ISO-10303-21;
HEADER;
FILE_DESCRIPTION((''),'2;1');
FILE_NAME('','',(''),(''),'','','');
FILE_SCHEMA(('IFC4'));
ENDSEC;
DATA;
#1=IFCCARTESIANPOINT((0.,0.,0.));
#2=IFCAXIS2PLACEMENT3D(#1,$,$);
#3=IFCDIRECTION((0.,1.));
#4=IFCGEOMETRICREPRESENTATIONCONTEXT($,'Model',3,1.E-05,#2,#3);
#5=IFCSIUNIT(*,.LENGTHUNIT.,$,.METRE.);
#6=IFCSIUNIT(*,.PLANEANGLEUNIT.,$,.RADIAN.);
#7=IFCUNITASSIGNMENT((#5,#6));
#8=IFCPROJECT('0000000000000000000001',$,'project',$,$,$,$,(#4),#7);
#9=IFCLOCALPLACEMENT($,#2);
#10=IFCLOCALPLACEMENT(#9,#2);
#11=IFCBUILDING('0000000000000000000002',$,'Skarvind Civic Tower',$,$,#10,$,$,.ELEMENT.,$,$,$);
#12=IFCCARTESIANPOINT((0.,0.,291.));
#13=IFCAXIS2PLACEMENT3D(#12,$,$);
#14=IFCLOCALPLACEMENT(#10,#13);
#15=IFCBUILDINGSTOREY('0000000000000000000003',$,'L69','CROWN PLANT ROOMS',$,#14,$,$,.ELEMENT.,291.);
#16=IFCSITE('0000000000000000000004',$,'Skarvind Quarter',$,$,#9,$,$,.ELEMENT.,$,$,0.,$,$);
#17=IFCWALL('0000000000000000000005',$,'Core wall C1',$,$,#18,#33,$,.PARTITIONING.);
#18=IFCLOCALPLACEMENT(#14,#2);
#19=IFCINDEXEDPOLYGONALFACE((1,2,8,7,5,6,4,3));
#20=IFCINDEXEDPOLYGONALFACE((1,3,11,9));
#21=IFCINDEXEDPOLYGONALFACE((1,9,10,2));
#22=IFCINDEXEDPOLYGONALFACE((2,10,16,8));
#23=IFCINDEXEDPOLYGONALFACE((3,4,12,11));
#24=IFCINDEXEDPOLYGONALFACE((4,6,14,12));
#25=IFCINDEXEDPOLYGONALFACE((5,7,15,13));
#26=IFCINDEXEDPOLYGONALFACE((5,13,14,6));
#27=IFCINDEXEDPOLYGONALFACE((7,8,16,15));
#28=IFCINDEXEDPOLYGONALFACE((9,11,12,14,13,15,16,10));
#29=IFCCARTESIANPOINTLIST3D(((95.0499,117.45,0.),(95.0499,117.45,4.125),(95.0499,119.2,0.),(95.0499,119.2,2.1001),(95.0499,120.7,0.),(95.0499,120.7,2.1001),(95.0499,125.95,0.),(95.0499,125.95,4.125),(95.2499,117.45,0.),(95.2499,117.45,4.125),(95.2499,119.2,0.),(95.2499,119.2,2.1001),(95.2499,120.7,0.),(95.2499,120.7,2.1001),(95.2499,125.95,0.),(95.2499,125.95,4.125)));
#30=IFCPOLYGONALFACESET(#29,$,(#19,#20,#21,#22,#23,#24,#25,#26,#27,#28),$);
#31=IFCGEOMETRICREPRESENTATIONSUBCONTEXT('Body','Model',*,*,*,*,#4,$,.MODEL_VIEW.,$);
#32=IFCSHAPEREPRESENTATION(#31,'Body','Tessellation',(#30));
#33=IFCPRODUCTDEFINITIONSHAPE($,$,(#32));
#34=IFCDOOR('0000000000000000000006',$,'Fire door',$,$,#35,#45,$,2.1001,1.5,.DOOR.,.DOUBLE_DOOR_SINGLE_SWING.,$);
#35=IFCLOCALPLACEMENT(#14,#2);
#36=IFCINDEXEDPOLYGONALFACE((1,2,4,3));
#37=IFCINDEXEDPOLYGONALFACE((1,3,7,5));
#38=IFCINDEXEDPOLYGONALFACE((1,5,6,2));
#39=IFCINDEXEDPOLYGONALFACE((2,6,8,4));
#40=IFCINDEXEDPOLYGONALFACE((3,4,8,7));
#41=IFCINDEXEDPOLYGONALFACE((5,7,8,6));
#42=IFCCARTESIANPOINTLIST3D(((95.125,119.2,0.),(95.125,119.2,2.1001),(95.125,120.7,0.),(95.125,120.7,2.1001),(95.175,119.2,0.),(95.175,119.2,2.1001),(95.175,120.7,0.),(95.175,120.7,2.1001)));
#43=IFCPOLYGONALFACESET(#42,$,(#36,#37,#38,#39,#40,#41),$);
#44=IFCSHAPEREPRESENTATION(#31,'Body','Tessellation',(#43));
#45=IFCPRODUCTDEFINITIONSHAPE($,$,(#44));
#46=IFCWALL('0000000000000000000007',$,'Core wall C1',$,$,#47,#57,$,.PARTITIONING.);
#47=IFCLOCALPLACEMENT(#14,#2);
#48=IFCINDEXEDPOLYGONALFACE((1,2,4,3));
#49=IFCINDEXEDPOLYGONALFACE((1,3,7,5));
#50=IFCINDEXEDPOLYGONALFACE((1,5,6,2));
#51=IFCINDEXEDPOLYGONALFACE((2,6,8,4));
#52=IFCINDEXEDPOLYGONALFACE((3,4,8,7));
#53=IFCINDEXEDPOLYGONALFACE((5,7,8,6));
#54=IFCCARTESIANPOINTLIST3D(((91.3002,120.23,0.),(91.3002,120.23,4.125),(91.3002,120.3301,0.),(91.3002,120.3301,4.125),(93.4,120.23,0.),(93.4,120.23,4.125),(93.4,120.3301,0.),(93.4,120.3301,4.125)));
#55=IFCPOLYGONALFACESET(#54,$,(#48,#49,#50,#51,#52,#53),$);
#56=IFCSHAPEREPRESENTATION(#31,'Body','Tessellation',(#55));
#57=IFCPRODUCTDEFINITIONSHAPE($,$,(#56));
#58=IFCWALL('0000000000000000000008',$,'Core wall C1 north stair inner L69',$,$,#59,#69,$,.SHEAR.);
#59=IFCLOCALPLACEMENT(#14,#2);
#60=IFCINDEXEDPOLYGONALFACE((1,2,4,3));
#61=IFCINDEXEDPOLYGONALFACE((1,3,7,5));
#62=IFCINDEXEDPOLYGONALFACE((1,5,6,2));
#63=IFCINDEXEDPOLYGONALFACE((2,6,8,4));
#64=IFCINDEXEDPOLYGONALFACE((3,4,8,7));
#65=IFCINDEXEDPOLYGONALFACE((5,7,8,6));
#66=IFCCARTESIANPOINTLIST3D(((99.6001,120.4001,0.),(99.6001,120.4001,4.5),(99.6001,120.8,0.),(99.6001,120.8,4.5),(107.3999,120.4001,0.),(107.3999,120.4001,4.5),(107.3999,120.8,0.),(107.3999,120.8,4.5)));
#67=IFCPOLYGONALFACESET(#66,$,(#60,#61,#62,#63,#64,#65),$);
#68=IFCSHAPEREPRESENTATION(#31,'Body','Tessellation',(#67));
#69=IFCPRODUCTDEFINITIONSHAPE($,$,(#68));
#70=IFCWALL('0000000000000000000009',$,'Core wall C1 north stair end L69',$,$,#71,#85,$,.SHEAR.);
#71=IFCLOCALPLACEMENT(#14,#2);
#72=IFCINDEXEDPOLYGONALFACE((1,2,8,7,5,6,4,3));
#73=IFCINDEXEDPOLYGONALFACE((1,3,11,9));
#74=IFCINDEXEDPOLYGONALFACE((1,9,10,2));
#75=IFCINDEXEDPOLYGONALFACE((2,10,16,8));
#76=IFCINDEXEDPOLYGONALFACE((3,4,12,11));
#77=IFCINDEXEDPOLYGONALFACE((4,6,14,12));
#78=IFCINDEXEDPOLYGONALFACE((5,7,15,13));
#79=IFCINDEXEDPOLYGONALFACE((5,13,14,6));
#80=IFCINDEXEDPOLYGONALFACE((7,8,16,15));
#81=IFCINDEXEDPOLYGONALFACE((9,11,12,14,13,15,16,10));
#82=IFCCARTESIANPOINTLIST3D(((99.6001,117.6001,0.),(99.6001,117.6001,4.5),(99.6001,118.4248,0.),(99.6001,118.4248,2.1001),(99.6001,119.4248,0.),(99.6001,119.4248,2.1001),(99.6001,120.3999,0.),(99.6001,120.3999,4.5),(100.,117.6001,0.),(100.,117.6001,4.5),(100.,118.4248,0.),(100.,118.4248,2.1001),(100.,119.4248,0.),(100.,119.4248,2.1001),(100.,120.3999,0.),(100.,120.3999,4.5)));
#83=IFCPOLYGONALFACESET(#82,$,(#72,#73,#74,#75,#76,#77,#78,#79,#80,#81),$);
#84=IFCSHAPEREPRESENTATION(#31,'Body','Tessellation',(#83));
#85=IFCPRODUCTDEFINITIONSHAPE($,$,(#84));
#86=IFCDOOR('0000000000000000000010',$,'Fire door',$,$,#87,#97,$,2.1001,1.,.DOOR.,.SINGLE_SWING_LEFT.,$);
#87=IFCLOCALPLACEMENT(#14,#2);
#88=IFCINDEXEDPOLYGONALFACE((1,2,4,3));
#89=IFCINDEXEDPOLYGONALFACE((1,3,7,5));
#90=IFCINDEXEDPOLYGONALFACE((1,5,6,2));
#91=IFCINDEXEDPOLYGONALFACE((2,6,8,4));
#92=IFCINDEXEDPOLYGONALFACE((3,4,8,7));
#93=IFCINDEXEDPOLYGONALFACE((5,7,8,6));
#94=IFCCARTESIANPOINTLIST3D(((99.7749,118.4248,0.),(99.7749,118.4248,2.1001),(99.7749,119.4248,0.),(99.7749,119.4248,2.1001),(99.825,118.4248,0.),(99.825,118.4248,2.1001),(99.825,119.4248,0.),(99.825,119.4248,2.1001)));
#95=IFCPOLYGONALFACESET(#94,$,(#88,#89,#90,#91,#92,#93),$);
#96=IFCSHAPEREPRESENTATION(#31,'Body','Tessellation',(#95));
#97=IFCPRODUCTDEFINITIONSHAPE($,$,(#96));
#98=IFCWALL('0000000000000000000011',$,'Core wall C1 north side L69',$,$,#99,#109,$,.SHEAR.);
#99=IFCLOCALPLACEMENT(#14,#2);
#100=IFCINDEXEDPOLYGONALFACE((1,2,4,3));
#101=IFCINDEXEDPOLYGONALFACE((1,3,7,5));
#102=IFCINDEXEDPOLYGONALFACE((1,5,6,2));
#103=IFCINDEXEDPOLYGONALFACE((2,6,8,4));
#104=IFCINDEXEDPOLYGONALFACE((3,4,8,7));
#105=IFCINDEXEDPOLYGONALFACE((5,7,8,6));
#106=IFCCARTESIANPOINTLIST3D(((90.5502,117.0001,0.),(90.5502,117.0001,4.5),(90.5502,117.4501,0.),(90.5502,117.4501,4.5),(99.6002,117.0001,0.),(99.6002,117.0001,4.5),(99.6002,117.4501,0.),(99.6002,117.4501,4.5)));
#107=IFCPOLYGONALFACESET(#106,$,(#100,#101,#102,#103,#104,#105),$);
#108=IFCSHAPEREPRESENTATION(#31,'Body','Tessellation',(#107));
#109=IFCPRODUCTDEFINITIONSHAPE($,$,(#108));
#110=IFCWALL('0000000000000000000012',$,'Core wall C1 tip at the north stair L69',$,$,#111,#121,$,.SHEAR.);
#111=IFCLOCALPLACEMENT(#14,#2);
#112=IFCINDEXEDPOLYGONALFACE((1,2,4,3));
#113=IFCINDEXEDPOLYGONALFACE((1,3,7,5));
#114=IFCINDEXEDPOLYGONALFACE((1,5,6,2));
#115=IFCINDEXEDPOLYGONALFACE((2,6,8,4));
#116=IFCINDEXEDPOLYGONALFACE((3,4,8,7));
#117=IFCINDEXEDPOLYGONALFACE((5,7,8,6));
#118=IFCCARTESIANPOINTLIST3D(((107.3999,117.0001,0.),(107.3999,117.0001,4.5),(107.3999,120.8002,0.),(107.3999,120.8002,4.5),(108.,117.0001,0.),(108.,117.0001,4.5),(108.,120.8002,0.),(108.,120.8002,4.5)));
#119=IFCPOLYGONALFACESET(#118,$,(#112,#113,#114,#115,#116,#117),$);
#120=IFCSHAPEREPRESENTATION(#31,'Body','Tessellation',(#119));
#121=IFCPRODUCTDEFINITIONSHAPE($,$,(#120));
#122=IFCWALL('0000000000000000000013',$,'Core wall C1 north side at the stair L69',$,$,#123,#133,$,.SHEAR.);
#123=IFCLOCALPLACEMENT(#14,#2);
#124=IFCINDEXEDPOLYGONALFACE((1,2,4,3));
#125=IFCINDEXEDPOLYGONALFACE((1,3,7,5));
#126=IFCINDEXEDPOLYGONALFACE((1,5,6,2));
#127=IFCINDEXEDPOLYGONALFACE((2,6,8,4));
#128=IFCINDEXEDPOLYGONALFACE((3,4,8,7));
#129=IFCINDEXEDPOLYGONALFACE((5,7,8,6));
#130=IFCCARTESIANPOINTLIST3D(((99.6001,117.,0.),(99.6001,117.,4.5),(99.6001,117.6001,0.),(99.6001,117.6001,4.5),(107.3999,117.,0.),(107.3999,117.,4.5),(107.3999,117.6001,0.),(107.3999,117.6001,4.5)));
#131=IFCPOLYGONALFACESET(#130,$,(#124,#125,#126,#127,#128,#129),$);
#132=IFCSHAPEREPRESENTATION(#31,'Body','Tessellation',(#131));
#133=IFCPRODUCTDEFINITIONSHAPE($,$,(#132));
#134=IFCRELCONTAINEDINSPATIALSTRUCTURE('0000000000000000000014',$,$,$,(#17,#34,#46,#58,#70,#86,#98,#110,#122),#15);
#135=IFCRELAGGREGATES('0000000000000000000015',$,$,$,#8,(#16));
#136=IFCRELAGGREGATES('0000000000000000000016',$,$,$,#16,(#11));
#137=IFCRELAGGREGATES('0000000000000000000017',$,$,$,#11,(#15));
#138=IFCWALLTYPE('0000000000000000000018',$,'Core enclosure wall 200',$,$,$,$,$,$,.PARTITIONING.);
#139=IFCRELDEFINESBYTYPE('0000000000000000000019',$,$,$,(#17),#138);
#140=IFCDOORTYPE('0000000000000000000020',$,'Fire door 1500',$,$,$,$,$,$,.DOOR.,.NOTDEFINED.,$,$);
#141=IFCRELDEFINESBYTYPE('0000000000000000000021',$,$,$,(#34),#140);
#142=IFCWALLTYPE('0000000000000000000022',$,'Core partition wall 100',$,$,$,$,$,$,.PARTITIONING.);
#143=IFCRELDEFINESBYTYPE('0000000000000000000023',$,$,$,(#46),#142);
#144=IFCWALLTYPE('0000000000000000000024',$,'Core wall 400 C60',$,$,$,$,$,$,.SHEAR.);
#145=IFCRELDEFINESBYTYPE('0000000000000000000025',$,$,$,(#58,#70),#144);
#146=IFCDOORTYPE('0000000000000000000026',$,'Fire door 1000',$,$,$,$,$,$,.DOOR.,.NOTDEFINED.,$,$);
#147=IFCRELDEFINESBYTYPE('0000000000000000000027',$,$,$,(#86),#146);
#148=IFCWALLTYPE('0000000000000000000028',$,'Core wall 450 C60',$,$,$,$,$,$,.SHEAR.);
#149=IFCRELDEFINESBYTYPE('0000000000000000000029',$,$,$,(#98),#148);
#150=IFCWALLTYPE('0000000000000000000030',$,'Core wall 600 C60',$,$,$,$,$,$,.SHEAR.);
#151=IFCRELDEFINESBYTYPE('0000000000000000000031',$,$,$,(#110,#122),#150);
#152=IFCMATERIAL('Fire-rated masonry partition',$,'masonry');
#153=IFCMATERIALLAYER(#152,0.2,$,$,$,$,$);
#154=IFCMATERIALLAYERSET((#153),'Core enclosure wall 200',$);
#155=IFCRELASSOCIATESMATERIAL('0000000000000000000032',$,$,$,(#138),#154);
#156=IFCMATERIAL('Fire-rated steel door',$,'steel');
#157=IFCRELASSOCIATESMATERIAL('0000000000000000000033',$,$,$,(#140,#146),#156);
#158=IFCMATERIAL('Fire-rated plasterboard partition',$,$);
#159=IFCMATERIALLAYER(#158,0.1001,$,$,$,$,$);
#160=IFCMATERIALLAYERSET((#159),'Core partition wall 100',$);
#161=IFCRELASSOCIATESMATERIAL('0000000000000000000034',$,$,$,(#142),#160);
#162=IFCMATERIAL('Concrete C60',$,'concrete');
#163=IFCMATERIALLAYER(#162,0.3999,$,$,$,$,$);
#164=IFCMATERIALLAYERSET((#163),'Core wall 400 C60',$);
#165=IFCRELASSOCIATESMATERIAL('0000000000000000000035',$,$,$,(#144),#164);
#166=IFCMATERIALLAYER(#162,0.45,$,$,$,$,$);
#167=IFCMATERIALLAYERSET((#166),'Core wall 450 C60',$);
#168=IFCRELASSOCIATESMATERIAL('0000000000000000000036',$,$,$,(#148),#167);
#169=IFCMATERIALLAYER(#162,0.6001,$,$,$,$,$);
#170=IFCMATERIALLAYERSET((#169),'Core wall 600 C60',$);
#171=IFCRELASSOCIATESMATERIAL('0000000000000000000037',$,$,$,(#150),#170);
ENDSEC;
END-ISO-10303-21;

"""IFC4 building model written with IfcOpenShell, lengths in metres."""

from ifc_helpers import new_model, si_unit, direction, frame, frame_2d, origin, place, context, subcontext, project, spatial, rectangle, extrude, material, layer, layer_set, type_object, element, fill, save


model = new_model("IFC4")

# Units and contexts
model_context = context("Model", 3, precision=1e-05, world=origin(), true_north=direction((0.0, 1.0)))
body_context = subcontext(model_context, "Body", "Model", "MODEL_VIEW")
ifc_project = project(units=[si_unit("LENGTHUNIT", "METRE"), si_unit("PLANEANGLEUNIT", "RADIAN")], contexts=[model_context])

# Site, building, storey
site_placement = place(None, origin())
site = spatial("IfcSite", under=ifc_project, at=site_placement, Name="Skarvind Quarter", CompositionType="ELEMENT", RefElevation=0.0)
building_placement = place(site_placement, origin())
building = spatial("IfcBuilding", under=site, at=building_placement, Name="Skarvind Civic Tower", CompositionType="ELEMENT")
storey_placement = place(building_placement, frame((0.0, 0.0, 291.0)))
storey = spatial("IfcBuildingStorey", under=building, at=storey_placement, Name="L69", Description="CROWN PLANT ROOMS", CompositionType="ELEMENT", Elevation=291.0)

# Shared definitions
ifc_material_1 = material(Name="Concrete C60", Category="concrete")

# Wall, opening, door
ifc_material_2 = material(Name="Fire-rated masonry partition", Category="masonry")
ifc_layer_1 = layer(ifc_material_2, 0.2)
ifc_layer_set_1 = layer_set([ifc_layer_1], Name="Core enclosure wall 200")
wall_type_1 = type_object("IfcWallType", Name="Core enclosure wall 200", PredefinedType="PARTITIONING", material=ifc_layer_set_1)
wall_1_placement = place(storey_placement, frame((95.1499, 117.45, 0.0), z_axis=(0.0, 0.0, 1.0), x_axis=(0.0, 1.0, 0.0)))
wall_1 = element("IfcWall", 1, at=wall_1_placement, inside=storey, type_object=wall_type_1, Name="Core wall C1", PredefinedType="PARTITIONING", context=body_context, shape_type="SweptSolid", body=[
    extrude(rectangle(XDim=8.5, YDim=0.2, at=frame_2d((4.25, 0.0))), origin(), (0.0, 0.0, 1.0), 4.125),
])
opening_1_placement = place(wall_1_placement, frame((1.75, 0.0, 0.0)))
opening_1 = element("IfcOpeningElement", 2, at=opening_1_placement, cuts=wall_1, PredefinedType="OPENING", context=body_context, shape_type="SweptSolid", body=[
    extrude(rectangle(XDim=1.5, YDim=2.1001, at=frame_2d((0.75, 1.05))), frame((0.0, 0.1099, 0.0), z_axis=(0.0, -1.0, 0.0), x_axis=(1.0, 0.0, 0.0)), (0.0, 0.0, 1.0), 0.22),
])
ifc_material_3 = material(Name="Fire-rated steel door", Category="steel")
door_type_1 = type_object("IfcDoorType", Name="Fire door 1500", OperationType="NOTDEFINED", PredefinedType="DOOR", material=ifc_material_3)
door_1_placement = place(opening_1_placement, origin())
door_1 = element("IfcDoor", 3, at=door_1_placement, inside=storey, type_object=door_type_1, Name="Fire door", OperationType="DOUBLE_DOOR_SINGLE_SWING", OverallHeight=2.1001, OverallWidth=1.5, PredefinedType="DOOR", context=body_context, shape_type="SweptSolid", body=[
    extrude(rectangle(XDim=1.5, YDim=2.1001, at=frame_2d((0.75, 1.05))), frame((0.0, 0.0249, 0.0), z_axis=(0.0, -1.0, 0.0), x_axis=(1.0, 0.0, 0.0)), (0.0, 0.0, 1.0), 0.05),
])
fill(opening_1, door_1)

# Walls
ifc_material_4 = material(Name="Fire-rated plasterboard partition")
ifc_layer_2 = layer(ifc_material_4, 0.1001)
ifc_layer_set_2 = layer_set([ifc_layer_2], Name="Core partition wall 100")
wall_type_2 = type_object("IfcWallType", Name="Core partition wall 100", PredefinedType="PARTITIONING", material=ifc_layer_set_2)
wall_2_placement = place(storey_placement, frame((93.3999, 120.28, 0.0), z_axis=(0.0, 0.0, 1.0), x_axis=(-1.0, 0.0, 0.0)))
element("IfcWall", 4, at=wall_2_placement, inside=storey, type_object=wall_type_2, Name="Core wall C1", PredefinedType="PARTITIONING", context=body_context, shape_type="SweptSolid", body=[
    extrude(rectangle(XDim=2.0999, YDim=0.1001, at=frame_2d((1.0498, 0.0))), origin(), (0.0, 0.0, 1.0), 4.125),
])
ifc_layer_3 = layer(ifc_material_1, 0.3999)
ifc_layer_set_3 = layer_set([ifc_layer_3], Name="Core wall 400 C60")
wall_type_3 = type_object("IfcWallType", Name="Core wall 400 C60", PredefinedType="SHEAR", material=ifc_layer_set_3)
wall_3_placement = place(storey_placement, frame((107.3999, 120.6001, 0.0), z_axis=(0.0, 0.0, 1.0), x_axis=(-1.0, 0.0, 0.0)))
element("IfcWall", 5, at=wall_3_placement, inside=storey, type_object=wall_type_3, Name="Core wall C1 north stair inner L69", PredefinedType="SHEAR", context=body_context, shape_type="SweptSolid", body=[
    extrude(rectangle(XDim=7.7998, YDim=0.3999, at=frame_2d((3.8999, 0.0))), origin(), (0.0, 0.0, 1.0), 4.5),
])

# Wall, opening, door
wall_4_placement = place(storey_placement, frame((99.8, 120.3999, 0.0), z_axis=(0.0, 0.0, 1.0), x_axis=(0.0, -1.0, 0.0)))
wall_4 = element("IfcWall", 6, at=wall_4_placement, inside=storey, type_object=wall_type_3, Name="Core wall C1 north stair end L69", PredefinedType="SHEAR", context=body_context, shape_type="SweptSolid", body=[
    extrude(rectangle(XDim=2.7998, YDim=0.3999, at=frame_2d((1.3999, 0.0))), origin(), (0.0, 0.0, 1.0), 4.5),
])
opening_2_placement = place(wall_4_placement, frame((0.9751, 0.0, 0.0)))
opening_2 = element("IfcOpeningElement", 7, at=opening_2_placement, cuts=wall_4, PredefinedType="OPENING", context=body_context, shape_type="SweptSolid", body=[
    extrude(rectangle(XDim=1.0, YDim=2.1001, at=frame_2d((0.5, 1.05))), frame((0.0, 0.21, 0.0), z_axis=(0.0, -1.0, 0.0), x_axis=(1.0, 0.0, 0.0)), (0.0, 0.0, 1.0), 0.4199),
])
door_type_2 = type_object("IfcDoorType", Name="Fire door 1000", OperationType="NOTDEFINED", PredefinedType="DOOR", material=ifc_material_3)
door_2_placement = place(opening_2_placement, origin())
door_2 = element("IfcDoor", 8, at=door_2_placement, inside=storey, type_object=door_type_2, Name="Fire door", OperationType="SINGLE_SWING_LEFT", OverallHeight=2.1001, OverallWidth=1.0, PredefinedType="DOOR", context=body_context, shape_type="SweptSolid", body=[
    extrude(rectangle(XDim=1.0, YDim=2.1001, at=frame_2d((0.5, 1.05))), frame((0.0, 0.0249, 0.0), z_axis=(0.0, -1.0, 0.0), x_axis=(1.0, 0.0, 0.0)), (0.0, 0.0, 1.0), 0.05),
])
fill(opening_2, door_2)

# Walls
ifc_layer_4 = layer(ifc_material_1, 0.45)
ifc_layer_set_4 = layer_set([ifc_layer_4], Name="Core wall 450 C60")
wall_type_4 = type_object("IfcWallType", Name="Core wall 450 C60", PredefinedType="SHEAR", material=ifc_layer_set_4)
wall_5_placement = place(storey_placement, frame((99.6001, 117.2251, 0.0), z_axis=(0.0, 0.0, 1.0), x_axis=(-1.0, 0.0, 0.0)))
element("IfcWall", 9, at=wall_5_placement, inside=storey, type_object=wall_type_4, Name="Core wall C1 north side L69", PredefinedType="SHEAR", context=body_context, shape_type="SweptSolid", body=[
    extrude(rectangle(XDim=9.05, YDim=0.45, at=frame_2d((4.5249, 0.0))), origin(), (0.0, 0.0, 1.0), 4.5),
])
ifc_layer_5 = layer(ifc_material_1, 0.6001)
ifc_layer_set_5 = layer_set([ifc_layer_5], Name="Core wall 600 C60")
wall_type_5 = type_object("IfcWallType", Name="Core wall 600 C60", PredefinedType="SHEAR", material=ifc_layer_set_5)
wall_6_placement = place(storey_placement, frame((107.7, 120.8, 0.0), z_axis=(0.0, 0.0, 1.0), x_axis=(0.0, -1.0, 0.0)))
element("IfcWall", 10, at=wall_6_placement, inside=storey, type_object=wall_type_5, Name="Core wall C1 tip at the north stair L69", PredefinedType="SHEAR", context=body_context, shape_type="SweptSolid", body=[
    extrude(rectangle(XDim=3.8, YDim=0.6001, at=frame_2d((1.8999, 0.0))), origin(), (0.0, 0.0, 1.0), 4.5),
])
wall_7_placement = place(storey_placement, frame((107.3999, 117.3, 0.0), z_axis=(0.0, 0.0, 1.0), x_axis=(-1.0, 0.0, 0.0)))
element("IfcWall", 11, at=wall_7_placement, inside=storey, type_object=wall_type_5, Name="Core wall C1 north side at the stair L69", PredefinedType="SHEAR", context=body_context, shape_type="SweptSolid", body=[
    extrude(rectangle(XDim=7.7998, YDim=0.6001, at=frame_2d((3.8999, 0.0))), origin(), (0.0, 0.0, 1.0), 4.5),
])

save(model, "model.ifc")
